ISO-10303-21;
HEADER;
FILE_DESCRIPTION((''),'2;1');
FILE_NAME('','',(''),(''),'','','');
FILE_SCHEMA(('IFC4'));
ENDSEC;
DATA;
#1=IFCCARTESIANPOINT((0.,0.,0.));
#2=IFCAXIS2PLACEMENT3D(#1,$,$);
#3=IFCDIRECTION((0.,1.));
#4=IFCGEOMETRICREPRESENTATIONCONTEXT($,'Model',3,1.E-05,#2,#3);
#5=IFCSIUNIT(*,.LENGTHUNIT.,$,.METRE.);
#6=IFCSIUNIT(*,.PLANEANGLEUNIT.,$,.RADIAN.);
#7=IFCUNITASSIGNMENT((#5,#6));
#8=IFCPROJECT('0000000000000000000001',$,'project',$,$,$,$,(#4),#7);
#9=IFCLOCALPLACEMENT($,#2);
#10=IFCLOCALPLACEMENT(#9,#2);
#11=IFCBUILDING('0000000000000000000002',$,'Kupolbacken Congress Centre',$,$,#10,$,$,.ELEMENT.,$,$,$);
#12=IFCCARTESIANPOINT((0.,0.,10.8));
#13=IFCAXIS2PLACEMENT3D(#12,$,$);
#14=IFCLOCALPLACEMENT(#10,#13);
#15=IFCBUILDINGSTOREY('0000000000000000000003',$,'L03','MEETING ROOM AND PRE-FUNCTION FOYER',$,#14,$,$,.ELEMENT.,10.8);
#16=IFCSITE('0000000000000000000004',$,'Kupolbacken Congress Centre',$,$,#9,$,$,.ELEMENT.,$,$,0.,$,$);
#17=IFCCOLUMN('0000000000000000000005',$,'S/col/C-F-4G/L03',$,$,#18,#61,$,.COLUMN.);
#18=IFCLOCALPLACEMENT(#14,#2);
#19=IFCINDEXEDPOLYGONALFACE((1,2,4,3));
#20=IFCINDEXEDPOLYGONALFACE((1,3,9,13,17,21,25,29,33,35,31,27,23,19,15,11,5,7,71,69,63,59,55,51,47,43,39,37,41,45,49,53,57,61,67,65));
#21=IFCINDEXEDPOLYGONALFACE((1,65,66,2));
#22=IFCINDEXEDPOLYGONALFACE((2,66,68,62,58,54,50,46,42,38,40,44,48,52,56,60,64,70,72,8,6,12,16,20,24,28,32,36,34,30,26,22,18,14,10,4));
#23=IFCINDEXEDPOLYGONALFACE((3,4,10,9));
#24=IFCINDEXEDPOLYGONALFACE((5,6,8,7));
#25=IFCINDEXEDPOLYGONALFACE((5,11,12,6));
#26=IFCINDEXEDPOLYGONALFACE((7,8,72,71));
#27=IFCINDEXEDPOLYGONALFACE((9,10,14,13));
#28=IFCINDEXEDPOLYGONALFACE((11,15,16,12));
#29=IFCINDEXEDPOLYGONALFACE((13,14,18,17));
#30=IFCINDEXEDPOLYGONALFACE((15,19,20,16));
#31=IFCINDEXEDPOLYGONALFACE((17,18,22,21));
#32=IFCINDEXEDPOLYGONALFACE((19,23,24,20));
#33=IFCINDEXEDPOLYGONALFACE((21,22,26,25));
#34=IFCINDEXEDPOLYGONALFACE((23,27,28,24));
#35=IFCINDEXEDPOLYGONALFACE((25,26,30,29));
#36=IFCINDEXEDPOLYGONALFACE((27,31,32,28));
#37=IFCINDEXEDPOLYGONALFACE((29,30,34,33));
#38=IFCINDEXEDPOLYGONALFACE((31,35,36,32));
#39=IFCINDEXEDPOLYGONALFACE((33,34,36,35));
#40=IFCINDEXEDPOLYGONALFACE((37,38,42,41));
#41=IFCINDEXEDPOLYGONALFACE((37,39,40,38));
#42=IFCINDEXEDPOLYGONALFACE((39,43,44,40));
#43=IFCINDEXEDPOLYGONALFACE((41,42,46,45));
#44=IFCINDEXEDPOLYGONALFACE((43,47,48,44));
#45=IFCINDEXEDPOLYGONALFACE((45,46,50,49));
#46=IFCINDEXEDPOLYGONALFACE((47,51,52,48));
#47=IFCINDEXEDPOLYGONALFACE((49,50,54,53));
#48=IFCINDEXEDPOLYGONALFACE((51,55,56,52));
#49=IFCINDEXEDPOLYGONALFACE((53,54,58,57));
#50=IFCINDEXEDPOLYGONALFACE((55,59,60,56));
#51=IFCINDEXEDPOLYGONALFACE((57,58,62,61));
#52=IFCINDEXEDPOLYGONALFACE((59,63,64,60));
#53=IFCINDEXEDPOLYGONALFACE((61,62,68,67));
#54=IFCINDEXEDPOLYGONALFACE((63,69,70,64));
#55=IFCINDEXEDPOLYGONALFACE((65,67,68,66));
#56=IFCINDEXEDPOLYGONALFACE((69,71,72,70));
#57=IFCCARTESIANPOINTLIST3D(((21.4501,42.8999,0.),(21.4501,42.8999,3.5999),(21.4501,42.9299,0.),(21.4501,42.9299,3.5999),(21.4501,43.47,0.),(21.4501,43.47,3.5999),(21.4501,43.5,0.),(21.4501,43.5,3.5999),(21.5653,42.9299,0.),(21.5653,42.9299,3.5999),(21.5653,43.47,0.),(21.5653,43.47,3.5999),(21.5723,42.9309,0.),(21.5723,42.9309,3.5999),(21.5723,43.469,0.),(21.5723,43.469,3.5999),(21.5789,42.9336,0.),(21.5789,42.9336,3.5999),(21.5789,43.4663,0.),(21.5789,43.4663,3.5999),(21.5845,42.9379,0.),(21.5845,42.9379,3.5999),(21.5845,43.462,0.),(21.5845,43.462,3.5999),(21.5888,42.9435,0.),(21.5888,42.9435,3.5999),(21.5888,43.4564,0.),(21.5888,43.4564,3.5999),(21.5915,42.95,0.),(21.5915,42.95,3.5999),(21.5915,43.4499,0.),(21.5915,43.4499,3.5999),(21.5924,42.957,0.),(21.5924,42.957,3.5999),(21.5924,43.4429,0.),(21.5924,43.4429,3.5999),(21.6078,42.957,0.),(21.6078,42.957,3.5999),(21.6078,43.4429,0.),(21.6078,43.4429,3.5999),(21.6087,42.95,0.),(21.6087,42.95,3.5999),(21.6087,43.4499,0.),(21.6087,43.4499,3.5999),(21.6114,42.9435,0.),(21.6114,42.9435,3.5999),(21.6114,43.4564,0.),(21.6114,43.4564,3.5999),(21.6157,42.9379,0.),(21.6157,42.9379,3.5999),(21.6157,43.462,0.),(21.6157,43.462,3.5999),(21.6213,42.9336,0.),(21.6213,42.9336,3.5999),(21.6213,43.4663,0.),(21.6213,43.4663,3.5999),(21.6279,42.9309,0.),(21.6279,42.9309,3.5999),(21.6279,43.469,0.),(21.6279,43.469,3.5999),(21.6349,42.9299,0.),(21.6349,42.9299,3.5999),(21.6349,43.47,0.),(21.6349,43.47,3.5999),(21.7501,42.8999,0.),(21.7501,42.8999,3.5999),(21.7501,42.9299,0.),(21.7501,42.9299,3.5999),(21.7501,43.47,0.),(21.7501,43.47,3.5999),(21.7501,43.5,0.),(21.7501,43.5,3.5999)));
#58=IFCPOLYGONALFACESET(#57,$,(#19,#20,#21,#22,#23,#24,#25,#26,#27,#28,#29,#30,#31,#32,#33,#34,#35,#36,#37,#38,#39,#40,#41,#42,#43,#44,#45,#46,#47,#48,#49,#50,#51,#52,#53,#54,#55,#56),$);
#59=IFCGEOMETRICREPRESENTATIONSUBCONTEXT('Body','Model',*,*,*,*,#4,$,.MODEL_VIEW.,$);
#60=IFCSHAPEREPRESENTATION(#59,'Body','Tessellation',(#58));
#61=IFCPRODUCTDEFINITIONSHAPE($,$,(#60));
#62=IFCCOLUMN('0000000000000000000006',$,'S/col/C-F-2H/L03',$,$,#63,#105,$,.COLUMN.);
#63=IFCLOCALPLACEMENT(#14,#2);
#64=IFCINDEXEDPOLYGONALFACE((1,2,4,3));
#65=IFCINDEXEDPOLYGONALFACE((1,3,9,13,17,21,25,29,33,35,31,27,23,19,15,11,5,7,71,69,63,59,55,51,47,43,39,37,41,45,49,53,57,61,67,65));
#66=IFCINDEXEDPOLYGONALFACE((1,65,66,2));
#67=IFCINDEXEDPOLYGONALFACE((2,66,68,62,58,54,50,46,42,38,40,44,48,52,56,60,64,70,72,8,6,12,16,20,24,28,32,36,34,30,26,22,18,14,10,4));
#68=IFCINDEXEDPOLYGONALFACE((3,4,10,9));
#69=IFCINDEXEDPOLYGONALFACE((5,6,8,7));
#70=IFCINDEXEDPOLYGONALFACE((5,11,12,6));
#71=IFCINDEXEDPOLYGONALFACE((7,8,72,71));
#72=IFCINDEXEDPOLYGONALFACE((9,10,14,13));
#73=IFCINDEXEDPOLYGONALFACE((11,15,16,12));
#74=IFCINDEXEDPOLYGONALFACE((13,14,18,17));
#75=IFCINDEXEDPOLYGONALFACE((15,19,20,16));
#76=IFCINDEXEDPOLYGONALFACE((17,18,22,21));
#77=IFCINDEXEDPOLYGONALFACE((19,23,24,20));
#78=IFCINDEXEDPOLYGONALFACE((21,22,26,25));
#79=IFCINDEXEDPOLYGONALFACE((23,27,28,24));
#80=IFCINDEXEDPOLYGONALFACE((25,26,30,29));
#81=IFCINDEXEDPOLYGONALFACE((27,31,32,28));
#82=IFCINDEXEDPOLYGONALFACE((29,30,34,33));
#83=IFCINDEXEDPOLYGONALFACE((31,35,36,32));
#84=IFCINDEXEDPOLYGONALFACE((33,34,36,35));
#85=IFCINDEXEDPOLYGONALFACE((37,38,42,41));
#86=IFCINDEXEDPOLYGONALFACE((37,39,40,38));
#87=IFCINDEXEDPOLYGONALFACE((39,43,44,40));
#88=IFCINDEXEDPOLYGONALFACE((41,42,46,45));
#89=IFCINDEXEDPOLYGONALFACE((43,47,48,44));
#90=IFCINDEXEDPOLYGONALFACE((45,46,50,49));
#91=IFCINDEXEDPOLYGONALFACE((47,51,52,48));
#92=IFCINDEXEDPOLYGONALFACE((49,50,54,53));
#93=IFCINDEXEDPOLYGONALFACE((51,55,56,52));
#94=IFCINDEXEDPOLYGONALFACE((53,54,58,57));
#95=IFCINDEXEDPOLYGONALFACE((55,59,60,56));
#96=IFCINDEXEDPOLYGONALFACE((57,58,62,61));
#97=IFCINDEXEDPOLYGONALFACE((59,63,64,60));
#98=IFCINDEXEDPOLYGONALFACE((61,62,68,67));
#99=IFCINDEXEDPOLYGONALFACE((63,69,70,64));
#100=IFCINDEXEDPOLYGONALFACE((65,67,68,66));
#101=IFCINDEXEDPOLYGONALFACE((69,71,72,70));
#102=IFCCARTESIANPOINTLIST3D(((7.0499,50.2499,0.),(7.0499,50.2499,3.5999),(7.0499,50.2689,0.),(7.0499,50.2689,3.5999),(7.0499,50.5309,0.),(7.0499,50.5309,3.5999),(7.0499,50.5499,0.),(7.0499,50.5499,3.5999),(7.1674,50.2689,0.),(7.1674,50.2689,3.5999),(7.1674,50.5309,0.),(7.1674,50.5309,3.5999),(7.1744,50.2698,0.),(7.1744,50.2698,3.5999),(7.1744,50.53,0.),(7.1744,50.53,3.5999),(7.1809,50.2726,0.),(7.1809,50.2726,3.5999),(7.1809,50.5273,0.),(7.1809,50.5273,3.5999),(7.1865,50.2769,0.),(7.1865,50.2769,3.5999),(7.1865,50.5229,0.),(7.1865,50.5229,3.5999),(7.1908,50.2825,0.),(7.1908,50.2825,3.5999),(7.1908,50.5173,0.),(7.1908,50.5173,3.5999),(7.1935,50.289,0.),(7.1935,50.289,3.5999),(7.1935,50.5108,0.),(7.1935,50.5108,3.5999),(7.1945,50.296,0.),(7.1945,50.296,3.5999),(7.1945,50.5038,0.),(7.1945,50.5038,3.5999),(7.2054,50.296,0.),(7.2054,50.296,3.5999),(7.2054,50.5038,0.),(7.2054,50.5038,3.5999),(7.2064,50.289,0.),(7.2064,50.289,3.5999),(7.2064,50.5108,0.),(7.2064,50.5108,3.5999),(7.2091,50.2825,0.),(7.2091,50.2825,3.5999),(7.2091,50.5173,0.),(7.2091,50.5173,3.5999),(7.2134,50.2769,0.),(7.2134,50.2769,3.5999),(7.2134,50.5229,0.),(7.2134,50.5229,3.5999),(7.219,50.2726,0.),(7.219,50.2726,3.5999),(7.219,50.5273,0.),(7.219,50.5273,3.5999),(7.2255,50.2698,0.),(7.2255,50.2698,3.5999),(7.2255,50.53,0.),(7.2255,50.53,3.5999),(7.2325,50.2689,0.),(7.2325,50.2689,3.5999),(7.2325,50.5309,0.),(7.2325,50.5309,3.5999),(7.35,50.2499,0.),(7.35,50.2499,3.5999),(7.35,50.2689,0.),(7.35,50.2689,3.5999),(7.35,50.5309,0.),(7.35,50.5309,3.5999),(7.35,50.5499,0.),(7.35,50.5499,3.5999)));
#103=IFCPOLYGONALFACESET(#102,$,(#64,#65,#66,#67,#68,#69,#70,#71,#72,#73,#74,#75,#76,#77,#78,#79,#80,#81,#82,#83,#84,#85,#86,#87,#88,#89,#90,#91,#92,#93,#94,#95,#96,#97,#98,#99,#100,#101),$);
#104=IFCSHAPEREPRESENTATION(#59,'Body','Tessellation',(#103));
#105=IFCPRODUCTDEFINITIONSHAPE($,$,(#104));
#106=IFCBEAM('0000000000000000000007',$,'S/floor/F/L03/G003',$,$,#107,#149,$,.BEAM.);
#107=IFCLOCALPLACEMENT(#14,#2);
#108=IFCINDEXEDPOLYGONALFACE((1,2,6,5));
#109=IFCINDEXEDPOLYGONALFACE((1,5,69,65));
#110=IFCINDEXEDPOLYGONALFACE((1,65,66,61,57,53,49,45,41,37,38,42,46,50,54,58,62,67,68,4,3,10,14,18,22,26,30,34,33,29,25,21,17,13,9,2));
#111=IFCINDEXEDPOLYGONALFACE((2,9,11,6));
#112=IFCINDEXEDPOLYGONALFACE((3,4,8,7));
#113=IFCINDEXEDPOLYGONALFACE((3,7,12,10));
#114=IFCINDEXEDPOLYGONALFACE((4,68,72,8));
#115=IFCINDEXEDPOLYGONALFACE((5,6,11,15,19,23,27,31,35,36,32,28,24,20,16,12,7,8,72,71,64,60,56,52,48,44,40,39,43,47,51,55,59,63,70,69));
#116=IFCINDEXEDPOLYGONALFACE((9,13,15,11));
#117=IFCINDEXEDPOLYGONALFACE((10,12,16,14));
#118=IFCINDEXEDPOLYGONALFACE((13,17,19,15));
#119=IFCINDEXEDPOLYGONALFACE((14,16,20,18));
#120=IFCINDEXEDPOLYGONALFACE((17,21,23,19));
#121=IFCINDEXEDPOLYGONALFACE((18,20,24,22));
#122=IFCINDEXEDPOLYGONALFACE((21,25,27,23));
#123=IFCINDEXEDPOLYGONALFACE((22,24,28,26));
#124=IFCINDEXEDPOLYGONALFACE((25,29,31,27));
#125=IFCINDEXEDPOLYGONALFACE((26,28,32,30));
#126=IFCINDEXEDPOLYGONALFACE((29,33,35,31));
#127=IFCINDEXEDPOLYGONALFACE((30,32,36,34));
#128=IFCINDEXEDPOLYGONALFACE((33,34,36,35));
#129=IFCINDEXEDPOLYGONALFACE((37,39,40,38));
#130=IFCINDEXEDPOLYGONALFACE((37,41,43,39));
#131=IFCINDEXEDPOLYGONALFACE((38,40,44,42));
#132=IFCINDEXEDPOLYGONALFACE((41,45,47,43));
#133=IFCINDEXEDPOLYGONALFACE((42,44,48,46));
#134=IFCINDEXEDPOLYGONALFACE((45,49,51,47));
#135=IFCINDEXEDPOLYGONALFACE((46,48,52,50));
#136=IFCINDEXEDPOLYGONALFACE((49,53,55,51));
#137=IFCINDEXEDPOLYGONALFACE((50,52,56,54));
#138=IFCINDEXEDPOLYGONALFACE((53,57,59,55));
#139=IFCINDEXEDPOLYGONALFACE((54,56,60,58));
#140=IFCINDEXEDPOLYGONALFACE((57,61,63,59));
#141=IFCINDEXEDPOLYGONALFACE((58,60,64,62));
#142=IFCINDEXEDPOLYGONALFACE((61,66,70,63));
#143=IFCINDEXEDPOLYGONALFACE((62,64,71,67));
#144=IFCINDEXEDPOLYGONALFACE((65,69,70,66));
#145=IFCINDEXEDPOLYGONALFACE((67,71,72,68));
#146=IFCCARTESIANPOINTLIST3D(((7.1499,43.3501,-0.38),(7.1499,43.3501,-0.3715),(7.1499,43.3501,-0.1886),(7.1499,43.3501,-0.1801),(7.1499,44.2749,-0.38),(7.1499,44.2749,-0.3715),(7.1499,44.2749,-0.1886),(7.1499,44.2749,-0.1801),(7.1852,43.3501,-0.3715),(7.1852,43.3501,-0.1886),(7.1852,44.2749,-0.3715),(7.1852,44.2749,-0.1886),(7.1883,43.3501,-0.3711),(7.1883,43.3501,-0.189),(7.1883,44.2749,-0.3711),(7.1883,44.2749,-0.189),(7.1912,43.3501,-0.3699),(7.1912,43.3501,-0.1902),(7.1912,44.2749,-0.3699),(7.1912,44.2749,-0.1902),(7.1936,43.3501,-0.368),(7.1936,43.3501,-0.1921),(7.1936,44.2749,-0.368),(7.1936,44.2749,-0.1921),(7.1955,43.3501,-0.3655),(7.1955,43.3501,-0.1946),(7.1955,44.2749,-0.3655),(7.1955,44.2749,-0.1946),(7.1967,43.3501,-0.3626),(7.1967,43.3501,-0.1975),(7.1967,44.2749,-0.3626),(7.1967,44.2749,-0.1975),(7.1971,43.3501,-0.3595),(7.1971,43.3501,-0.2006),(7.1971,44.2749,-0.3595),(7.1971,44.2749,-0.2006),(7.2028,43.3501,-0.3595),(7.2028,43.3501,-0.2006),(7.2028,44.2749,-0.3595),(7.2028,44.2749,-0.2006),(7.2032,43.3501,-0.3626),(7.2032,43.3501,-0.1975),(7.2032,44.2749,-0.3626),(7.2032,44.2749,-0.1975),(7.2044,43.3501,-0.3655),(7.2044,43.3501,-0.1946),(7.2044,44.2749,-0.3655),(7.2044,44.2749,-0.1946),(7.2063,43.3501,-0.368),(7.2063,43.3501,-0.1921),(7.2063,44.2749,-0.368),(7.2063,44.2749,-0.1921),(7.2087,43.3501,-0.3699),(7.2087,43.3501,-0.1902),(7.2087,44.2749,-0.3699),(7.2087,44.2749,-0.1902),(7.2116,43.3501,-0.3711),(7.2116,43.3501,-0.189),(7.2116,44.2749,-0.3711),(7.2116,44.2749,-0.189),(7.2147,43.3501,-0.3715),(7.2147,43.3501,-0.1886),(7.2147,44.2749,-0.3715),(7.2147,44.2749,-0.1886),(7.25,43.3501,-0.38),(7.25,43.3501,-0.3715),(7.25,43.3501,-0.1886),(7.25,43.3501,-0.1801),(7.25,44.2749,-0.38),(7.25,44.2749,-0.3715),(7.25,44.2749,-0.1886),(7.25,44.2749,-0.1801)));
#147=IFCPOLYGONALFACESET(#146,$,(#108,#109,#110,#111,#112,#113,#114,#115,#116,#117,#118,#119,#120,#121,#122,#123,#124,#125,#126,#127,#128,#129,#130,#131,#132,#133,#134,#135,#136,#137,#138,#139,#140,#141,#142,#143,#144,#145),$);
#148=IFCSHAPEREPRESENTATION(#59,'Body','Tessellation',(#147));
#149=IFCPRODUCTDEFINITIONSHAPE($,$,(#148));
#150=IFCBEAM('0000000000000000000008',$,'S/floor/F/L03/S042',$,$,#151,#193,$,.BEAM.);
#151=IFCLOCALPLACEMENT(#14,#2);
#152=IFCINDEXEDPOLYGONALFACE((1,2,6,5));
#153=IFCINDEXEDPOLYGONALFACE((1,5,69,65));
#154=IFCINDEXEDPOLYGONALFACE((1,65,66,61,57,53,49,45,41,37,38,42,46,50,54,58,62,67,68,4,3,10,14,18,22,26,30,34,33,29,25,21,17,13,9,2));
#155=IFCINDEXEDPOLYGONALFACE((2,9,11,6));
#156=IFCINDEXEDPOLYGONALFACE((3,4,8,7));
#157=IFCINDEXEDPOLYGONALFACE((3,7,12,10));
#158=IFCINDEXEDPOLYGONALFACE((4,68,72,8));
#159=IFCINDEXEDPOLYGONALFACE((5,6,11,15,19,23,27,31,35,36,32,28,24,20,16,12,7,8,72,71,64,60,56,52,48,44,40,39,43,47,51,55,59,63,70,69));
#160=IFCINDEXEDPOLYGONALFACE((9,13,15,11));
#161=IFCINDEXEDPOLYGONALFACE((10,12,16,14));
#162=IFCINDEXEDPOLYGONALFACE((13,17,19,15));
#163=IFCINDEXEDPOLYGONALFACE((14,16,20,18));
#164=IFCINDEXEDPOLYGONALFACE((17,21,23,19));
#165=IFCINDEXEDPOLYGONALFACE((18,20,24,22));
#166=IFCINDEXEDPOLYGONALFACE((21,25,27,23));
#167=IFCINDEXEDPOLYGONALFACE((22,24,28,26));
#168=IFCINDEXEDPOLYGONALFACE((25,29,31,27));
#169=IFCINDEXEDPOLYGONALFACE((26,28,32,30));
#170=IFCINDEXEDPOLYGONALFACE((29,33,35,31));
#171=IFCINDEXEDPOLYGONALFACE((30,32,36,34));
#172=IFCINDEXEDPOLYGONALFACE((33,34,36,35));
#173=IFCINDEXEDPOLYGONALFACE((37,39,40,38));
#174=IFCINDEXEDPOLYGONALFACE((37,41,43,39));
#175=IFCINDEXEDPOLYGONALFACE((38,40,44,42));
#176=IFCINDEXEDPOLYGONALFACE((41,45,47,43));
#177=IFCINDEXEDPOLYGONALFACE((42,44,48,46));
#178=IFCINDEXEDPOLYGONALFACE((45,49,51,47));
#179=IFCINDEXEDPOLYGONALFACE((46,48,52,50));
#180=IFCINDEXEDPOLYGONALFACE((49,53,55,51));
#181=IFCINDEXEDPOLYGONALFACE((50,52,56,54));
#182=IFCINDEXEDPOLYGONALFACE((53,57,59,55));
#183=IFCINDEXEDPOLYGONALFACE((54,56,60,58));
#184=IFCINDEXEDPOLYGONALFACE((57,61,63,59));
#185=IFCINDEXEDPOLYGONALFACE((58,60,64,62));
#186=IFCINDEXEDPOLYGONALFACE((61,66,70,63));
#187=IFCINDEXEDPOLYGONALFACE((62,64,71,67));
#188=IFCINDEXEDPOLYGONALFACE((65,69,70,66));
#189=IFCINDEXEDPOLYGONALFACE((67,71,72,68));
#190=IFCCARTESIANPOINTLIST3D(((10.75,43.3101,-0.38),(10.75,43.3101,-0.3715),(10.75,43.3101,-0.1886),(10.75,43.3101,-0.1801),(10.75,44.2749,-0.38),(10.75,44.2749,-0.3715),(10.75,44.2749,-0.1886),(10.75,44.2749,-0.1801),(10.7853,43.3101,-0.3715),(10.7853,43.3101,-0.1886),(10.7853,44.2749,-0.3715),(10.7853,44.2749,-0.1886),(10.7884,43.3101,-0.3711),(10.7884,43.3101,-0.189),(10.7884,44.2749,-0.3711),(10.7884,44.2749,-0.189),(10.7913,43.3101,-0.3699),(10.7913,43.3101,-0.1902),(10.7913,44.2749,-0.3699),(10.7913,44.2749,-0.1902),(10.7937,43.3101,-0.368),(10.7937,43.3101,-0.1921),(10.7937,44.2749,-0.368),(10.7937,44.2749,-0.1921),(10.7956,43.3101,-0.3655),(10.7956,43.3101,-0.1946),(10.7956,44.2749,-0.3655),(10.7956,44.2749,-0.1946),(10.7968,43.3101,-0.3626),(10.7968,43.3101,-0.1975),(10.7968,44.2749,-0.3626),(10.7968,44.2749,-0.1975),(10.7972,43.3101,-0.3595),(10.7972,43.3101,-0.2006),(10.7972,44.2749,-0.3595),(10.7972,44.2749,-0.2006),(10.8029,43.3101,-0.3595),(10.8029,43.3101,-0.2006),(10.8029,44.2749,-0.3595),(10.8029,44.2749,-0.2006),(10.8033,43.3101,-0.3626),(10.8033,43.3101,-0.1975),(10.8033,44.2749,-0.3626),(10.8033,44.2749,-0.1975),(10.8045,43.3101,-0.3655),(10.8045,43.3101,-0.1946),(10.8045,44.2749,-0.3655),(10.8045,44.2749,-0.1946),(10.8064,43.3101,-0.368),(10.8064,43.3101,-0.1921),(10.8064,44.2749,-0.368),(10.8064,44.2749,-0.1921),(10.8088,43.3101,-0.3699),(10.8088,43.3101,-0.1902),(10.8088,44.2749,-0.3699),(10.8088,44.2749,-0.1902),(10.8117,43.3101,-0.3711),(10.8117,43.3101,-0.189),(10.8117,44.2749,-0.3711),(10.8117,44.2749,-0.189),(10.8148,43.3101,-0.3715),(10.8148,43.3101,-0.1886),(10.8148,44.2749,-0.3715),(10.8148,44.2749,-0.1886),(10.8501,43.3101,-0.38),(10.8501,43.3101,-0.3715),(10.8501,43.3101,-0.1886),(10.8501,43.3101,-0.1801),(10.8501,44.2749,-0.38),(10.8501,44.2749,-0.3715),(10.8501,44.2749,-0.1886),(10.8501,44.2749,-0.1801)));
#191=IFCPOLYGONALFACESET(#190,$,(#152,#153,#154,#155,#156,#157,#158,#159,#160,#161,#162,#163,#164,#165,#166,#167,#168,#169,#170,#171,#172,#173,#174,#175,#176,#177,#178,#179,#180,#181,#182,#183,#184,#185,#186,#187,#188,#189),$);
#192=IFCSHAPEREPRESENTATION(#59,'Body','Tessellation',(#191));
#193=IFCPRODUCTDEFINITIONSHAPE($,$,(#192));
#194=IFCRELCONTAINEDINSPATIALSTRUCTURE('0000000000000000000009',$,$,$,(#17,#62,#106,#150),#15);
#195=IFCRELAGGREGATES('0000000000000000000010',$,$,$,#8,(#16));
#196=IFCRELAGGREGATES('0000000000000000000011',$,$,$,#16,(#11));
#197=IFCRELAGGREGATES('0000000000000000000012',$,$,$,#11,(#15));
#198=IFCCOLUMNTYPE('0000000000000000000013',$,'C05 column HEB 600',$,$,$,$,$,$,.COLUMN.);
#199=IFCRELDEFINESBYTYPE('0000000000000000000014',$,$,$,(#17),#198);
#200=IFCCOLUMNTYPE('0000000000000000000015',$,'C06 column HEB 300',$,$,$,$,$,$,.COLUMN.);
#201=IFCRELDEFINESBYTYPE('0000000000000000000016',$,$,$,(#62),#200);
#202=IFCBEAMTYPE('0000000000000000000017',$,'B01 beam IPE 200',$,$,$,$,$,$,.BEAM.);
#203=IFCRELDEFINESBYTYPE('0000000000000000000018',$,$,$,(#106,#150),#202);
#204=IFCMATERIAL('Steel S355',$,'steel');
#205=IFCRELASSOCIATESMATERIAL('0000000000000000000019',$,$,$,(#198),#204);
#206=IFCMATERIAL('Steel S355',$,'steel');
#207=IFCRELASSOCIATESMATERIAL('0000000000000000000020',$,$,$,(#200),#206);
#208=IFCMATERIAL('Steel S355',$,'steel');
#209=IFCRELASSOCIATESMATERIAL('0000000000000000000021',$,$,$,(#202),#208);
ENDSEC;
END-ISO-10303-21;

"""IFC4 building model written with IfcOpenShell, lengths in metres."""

from ifc_helpers import new_model, si_unit, direction, frame, origin, origin_2d, place, context, subcontext, project, spatial, i_section, extrude, material, material_profile, profile_set, type_object, element, save


model = new_model("IFC4")

# Units and contexts
model_context = context("Model", 3, precision=1e-05, world=origin(), true_north=direction((0.0, 1.0)))
body_context = subcontext(model_context, "Body", "Model", "MODEL_VIEW")
ifc_project = project(units=[si_unit("LENGTHUNIT", "METRE"), si_unit("PLANEANGLEUNIT", "RADIAN")], contexts=[model_context])

# Site, building, storey
site_placement = place(None, origin())
site = spatial("IfcSite", under=ifc_project, at=site_placement, Name="Kupolbacken Congress Centre", CompositionType="ELEMENT", RefElevation=0.0)
building_placement = place(site_placement, origin())
building = spatial("IfcBuilding", under=site, at=building_placement, Name="Kupolbacken Congress Centre", CompositionType="ELEMENT")
storey_placement = place(building_placement, frame((0.0, 0.0, 10.8)))
storey = spatial("IfcBuildingStorey", under=building, at=storey_placement, Name="L03", Description="MEETING ROOM AND PRE-FUNCTION FOYER", CompositionType="ELEMENT", Elevation=10.8)

# Columns
ifc_material_1 = material(Name="Steel S355", Category="steel")
ifc_material_profile_1 = material_profile(ifc_material_1, i_section(OverallWidth=0.3, OverallDepth=0.6001, WebThickness=0.0154, FlangeThickness=0.03, FilletRadius=0.0271, at=origin_2d()), Name="HEB 600")
ifc_profile_set_1 = profile_set([ifc_material_profile_1], Name="Steel S355")
column_type_1 = type_object("IfcColumnType", Name="C05 column HEB 600", PredefinedType="COLUMN", material=ifc_profile_set_1)
column_1_placement = place(storey_placement, frame((21.6001, 43.2, 0.0), z_axis=(0.0, 0.0, 1.0), x_axis=(1.0, 0.0, 0.0)))
element("IfcColumn", 1, at=column_1_placement, inside=storey, type_object=column_type_1, Name="S/col/C-F-4G/L03", PredefinedType="COLUMN", context=body_context, shape_type="SweptSolid", body=[
    extrude(i_section(OverallWidth=0.3, OverallDepth=0.6001, WebThickness=0.0154, FlangeThickness=0.03, FilletRadius=0.0271, at=origin_2d()), origin(), (0.0, 0.0, 1.0), 3.5999),
])
ifc_material_2 = material(Name="Steel S355", Category="steel")
ifc_material_profile_2 = material_profile(ifc_material_2, i_section(OverallWidth=0.3, OverallDepth=0.3, WebThickness=0.011, FlangeThickness=0.019, FilletRadius=0.0271, at=origin_2d()), Name="HEB 300")
ifc_profile_set_2 = profile_set([ifc_material_profile_2], Name="Steel S355")
column_type_2 = type_object("IfcColumnType", Name="C06 column HEB 300", PredefinedType="COLUMN", material=ifc_profile_set_2)
column_2_placement = place(storey_placement, frame((7.2, 50.3999, 0.0), z_axis=(0.0, 0.0, 1.0), x_axis=(1.0, 0.0, 0.0)))
element("IfcColumn", 2, at=column_2_placement, inside=storey, type_object=column_type_2, Name="S/col/C-F-2H/L03", PredefinedType="COLUMN", context=body_context, shape_type="SweptSolid", body=[
    extrude(i_section(OverallWidth=0.3, OverallDepth=0.3, WebThickness=0.011, FlangeThickness=0.019, FilletRadius=0.0271, at=origin_2d()), origin(), (0.0, 0.0, 1.0), 3.5999),
])

# Beams
ifc_material_3 = material(Name="Steel S355", Category="steel")
ifc_material_profile_3 = material_profile(ifc_material_3, i_section(OverallWidth=0.1001, OverallDepth=0.2, WebThickness=0.0056, FlangeThickness=0.0085, FilletRadius=0.012, at=origin_2d()), Name="IPE 200")
ifc_profile_set_3 = profile_set([ifc_material_profile_3], Name="Steel S355")
beam_type_1 = type_object("IfcBeamType", Name="B01 beam IPE 200", PredefinedType="BEAM", material=ifc_profile_set_3)
beam_1_placement = place(storey_placement, frame((7.2, 43.3501, -0.28), z_axis=(0.0, 1.0, 0.0), x_axis=(-1.0, 0.0, 0.0)))
element("IfcBeam", 3, at=beam_1_placement, inside=storey, type_object=beam_type_1, Name="S/floor/F/L03/G003", PredefinedType="BEAM", context=body_context, shape_type="SweptSolid", body=[
    extrude(i_section(OverallWidth=0.1001, OverallDepth=0.2, WebThickness=0.0056, FlangeThickness=0.0085, FilletRadius=0.012, at=origin_2d()), origin(), (0.0, 0.0, 1.0), 0.9248),
])
beam_2_placement = place(storey_placement, frame((10.8, 43.3101, -0.28), z_axis=(0.0, 1.0, 0.0), x_axis=(-1.0, 0.0, 0.0)))
element("IfcBeam", 4, at=beam_2_placement, inside=storey, type_object=beam_type_1, Name="S/floor/F/L03/S042", PredefinedType="BEAM", context=body_context, shape_type="SweptSolid", body=[
    extrude(i_section(OverallWidth=0.1001, OverallDepth=0.2, WebThickness=0.0056, FlangeThickness=0.0085, FilletRadius=0.012, at=origin_2d()), origin(), (0.0, 0.0, 1.0), 0.9648),
])

save(model, "model.ifc")
